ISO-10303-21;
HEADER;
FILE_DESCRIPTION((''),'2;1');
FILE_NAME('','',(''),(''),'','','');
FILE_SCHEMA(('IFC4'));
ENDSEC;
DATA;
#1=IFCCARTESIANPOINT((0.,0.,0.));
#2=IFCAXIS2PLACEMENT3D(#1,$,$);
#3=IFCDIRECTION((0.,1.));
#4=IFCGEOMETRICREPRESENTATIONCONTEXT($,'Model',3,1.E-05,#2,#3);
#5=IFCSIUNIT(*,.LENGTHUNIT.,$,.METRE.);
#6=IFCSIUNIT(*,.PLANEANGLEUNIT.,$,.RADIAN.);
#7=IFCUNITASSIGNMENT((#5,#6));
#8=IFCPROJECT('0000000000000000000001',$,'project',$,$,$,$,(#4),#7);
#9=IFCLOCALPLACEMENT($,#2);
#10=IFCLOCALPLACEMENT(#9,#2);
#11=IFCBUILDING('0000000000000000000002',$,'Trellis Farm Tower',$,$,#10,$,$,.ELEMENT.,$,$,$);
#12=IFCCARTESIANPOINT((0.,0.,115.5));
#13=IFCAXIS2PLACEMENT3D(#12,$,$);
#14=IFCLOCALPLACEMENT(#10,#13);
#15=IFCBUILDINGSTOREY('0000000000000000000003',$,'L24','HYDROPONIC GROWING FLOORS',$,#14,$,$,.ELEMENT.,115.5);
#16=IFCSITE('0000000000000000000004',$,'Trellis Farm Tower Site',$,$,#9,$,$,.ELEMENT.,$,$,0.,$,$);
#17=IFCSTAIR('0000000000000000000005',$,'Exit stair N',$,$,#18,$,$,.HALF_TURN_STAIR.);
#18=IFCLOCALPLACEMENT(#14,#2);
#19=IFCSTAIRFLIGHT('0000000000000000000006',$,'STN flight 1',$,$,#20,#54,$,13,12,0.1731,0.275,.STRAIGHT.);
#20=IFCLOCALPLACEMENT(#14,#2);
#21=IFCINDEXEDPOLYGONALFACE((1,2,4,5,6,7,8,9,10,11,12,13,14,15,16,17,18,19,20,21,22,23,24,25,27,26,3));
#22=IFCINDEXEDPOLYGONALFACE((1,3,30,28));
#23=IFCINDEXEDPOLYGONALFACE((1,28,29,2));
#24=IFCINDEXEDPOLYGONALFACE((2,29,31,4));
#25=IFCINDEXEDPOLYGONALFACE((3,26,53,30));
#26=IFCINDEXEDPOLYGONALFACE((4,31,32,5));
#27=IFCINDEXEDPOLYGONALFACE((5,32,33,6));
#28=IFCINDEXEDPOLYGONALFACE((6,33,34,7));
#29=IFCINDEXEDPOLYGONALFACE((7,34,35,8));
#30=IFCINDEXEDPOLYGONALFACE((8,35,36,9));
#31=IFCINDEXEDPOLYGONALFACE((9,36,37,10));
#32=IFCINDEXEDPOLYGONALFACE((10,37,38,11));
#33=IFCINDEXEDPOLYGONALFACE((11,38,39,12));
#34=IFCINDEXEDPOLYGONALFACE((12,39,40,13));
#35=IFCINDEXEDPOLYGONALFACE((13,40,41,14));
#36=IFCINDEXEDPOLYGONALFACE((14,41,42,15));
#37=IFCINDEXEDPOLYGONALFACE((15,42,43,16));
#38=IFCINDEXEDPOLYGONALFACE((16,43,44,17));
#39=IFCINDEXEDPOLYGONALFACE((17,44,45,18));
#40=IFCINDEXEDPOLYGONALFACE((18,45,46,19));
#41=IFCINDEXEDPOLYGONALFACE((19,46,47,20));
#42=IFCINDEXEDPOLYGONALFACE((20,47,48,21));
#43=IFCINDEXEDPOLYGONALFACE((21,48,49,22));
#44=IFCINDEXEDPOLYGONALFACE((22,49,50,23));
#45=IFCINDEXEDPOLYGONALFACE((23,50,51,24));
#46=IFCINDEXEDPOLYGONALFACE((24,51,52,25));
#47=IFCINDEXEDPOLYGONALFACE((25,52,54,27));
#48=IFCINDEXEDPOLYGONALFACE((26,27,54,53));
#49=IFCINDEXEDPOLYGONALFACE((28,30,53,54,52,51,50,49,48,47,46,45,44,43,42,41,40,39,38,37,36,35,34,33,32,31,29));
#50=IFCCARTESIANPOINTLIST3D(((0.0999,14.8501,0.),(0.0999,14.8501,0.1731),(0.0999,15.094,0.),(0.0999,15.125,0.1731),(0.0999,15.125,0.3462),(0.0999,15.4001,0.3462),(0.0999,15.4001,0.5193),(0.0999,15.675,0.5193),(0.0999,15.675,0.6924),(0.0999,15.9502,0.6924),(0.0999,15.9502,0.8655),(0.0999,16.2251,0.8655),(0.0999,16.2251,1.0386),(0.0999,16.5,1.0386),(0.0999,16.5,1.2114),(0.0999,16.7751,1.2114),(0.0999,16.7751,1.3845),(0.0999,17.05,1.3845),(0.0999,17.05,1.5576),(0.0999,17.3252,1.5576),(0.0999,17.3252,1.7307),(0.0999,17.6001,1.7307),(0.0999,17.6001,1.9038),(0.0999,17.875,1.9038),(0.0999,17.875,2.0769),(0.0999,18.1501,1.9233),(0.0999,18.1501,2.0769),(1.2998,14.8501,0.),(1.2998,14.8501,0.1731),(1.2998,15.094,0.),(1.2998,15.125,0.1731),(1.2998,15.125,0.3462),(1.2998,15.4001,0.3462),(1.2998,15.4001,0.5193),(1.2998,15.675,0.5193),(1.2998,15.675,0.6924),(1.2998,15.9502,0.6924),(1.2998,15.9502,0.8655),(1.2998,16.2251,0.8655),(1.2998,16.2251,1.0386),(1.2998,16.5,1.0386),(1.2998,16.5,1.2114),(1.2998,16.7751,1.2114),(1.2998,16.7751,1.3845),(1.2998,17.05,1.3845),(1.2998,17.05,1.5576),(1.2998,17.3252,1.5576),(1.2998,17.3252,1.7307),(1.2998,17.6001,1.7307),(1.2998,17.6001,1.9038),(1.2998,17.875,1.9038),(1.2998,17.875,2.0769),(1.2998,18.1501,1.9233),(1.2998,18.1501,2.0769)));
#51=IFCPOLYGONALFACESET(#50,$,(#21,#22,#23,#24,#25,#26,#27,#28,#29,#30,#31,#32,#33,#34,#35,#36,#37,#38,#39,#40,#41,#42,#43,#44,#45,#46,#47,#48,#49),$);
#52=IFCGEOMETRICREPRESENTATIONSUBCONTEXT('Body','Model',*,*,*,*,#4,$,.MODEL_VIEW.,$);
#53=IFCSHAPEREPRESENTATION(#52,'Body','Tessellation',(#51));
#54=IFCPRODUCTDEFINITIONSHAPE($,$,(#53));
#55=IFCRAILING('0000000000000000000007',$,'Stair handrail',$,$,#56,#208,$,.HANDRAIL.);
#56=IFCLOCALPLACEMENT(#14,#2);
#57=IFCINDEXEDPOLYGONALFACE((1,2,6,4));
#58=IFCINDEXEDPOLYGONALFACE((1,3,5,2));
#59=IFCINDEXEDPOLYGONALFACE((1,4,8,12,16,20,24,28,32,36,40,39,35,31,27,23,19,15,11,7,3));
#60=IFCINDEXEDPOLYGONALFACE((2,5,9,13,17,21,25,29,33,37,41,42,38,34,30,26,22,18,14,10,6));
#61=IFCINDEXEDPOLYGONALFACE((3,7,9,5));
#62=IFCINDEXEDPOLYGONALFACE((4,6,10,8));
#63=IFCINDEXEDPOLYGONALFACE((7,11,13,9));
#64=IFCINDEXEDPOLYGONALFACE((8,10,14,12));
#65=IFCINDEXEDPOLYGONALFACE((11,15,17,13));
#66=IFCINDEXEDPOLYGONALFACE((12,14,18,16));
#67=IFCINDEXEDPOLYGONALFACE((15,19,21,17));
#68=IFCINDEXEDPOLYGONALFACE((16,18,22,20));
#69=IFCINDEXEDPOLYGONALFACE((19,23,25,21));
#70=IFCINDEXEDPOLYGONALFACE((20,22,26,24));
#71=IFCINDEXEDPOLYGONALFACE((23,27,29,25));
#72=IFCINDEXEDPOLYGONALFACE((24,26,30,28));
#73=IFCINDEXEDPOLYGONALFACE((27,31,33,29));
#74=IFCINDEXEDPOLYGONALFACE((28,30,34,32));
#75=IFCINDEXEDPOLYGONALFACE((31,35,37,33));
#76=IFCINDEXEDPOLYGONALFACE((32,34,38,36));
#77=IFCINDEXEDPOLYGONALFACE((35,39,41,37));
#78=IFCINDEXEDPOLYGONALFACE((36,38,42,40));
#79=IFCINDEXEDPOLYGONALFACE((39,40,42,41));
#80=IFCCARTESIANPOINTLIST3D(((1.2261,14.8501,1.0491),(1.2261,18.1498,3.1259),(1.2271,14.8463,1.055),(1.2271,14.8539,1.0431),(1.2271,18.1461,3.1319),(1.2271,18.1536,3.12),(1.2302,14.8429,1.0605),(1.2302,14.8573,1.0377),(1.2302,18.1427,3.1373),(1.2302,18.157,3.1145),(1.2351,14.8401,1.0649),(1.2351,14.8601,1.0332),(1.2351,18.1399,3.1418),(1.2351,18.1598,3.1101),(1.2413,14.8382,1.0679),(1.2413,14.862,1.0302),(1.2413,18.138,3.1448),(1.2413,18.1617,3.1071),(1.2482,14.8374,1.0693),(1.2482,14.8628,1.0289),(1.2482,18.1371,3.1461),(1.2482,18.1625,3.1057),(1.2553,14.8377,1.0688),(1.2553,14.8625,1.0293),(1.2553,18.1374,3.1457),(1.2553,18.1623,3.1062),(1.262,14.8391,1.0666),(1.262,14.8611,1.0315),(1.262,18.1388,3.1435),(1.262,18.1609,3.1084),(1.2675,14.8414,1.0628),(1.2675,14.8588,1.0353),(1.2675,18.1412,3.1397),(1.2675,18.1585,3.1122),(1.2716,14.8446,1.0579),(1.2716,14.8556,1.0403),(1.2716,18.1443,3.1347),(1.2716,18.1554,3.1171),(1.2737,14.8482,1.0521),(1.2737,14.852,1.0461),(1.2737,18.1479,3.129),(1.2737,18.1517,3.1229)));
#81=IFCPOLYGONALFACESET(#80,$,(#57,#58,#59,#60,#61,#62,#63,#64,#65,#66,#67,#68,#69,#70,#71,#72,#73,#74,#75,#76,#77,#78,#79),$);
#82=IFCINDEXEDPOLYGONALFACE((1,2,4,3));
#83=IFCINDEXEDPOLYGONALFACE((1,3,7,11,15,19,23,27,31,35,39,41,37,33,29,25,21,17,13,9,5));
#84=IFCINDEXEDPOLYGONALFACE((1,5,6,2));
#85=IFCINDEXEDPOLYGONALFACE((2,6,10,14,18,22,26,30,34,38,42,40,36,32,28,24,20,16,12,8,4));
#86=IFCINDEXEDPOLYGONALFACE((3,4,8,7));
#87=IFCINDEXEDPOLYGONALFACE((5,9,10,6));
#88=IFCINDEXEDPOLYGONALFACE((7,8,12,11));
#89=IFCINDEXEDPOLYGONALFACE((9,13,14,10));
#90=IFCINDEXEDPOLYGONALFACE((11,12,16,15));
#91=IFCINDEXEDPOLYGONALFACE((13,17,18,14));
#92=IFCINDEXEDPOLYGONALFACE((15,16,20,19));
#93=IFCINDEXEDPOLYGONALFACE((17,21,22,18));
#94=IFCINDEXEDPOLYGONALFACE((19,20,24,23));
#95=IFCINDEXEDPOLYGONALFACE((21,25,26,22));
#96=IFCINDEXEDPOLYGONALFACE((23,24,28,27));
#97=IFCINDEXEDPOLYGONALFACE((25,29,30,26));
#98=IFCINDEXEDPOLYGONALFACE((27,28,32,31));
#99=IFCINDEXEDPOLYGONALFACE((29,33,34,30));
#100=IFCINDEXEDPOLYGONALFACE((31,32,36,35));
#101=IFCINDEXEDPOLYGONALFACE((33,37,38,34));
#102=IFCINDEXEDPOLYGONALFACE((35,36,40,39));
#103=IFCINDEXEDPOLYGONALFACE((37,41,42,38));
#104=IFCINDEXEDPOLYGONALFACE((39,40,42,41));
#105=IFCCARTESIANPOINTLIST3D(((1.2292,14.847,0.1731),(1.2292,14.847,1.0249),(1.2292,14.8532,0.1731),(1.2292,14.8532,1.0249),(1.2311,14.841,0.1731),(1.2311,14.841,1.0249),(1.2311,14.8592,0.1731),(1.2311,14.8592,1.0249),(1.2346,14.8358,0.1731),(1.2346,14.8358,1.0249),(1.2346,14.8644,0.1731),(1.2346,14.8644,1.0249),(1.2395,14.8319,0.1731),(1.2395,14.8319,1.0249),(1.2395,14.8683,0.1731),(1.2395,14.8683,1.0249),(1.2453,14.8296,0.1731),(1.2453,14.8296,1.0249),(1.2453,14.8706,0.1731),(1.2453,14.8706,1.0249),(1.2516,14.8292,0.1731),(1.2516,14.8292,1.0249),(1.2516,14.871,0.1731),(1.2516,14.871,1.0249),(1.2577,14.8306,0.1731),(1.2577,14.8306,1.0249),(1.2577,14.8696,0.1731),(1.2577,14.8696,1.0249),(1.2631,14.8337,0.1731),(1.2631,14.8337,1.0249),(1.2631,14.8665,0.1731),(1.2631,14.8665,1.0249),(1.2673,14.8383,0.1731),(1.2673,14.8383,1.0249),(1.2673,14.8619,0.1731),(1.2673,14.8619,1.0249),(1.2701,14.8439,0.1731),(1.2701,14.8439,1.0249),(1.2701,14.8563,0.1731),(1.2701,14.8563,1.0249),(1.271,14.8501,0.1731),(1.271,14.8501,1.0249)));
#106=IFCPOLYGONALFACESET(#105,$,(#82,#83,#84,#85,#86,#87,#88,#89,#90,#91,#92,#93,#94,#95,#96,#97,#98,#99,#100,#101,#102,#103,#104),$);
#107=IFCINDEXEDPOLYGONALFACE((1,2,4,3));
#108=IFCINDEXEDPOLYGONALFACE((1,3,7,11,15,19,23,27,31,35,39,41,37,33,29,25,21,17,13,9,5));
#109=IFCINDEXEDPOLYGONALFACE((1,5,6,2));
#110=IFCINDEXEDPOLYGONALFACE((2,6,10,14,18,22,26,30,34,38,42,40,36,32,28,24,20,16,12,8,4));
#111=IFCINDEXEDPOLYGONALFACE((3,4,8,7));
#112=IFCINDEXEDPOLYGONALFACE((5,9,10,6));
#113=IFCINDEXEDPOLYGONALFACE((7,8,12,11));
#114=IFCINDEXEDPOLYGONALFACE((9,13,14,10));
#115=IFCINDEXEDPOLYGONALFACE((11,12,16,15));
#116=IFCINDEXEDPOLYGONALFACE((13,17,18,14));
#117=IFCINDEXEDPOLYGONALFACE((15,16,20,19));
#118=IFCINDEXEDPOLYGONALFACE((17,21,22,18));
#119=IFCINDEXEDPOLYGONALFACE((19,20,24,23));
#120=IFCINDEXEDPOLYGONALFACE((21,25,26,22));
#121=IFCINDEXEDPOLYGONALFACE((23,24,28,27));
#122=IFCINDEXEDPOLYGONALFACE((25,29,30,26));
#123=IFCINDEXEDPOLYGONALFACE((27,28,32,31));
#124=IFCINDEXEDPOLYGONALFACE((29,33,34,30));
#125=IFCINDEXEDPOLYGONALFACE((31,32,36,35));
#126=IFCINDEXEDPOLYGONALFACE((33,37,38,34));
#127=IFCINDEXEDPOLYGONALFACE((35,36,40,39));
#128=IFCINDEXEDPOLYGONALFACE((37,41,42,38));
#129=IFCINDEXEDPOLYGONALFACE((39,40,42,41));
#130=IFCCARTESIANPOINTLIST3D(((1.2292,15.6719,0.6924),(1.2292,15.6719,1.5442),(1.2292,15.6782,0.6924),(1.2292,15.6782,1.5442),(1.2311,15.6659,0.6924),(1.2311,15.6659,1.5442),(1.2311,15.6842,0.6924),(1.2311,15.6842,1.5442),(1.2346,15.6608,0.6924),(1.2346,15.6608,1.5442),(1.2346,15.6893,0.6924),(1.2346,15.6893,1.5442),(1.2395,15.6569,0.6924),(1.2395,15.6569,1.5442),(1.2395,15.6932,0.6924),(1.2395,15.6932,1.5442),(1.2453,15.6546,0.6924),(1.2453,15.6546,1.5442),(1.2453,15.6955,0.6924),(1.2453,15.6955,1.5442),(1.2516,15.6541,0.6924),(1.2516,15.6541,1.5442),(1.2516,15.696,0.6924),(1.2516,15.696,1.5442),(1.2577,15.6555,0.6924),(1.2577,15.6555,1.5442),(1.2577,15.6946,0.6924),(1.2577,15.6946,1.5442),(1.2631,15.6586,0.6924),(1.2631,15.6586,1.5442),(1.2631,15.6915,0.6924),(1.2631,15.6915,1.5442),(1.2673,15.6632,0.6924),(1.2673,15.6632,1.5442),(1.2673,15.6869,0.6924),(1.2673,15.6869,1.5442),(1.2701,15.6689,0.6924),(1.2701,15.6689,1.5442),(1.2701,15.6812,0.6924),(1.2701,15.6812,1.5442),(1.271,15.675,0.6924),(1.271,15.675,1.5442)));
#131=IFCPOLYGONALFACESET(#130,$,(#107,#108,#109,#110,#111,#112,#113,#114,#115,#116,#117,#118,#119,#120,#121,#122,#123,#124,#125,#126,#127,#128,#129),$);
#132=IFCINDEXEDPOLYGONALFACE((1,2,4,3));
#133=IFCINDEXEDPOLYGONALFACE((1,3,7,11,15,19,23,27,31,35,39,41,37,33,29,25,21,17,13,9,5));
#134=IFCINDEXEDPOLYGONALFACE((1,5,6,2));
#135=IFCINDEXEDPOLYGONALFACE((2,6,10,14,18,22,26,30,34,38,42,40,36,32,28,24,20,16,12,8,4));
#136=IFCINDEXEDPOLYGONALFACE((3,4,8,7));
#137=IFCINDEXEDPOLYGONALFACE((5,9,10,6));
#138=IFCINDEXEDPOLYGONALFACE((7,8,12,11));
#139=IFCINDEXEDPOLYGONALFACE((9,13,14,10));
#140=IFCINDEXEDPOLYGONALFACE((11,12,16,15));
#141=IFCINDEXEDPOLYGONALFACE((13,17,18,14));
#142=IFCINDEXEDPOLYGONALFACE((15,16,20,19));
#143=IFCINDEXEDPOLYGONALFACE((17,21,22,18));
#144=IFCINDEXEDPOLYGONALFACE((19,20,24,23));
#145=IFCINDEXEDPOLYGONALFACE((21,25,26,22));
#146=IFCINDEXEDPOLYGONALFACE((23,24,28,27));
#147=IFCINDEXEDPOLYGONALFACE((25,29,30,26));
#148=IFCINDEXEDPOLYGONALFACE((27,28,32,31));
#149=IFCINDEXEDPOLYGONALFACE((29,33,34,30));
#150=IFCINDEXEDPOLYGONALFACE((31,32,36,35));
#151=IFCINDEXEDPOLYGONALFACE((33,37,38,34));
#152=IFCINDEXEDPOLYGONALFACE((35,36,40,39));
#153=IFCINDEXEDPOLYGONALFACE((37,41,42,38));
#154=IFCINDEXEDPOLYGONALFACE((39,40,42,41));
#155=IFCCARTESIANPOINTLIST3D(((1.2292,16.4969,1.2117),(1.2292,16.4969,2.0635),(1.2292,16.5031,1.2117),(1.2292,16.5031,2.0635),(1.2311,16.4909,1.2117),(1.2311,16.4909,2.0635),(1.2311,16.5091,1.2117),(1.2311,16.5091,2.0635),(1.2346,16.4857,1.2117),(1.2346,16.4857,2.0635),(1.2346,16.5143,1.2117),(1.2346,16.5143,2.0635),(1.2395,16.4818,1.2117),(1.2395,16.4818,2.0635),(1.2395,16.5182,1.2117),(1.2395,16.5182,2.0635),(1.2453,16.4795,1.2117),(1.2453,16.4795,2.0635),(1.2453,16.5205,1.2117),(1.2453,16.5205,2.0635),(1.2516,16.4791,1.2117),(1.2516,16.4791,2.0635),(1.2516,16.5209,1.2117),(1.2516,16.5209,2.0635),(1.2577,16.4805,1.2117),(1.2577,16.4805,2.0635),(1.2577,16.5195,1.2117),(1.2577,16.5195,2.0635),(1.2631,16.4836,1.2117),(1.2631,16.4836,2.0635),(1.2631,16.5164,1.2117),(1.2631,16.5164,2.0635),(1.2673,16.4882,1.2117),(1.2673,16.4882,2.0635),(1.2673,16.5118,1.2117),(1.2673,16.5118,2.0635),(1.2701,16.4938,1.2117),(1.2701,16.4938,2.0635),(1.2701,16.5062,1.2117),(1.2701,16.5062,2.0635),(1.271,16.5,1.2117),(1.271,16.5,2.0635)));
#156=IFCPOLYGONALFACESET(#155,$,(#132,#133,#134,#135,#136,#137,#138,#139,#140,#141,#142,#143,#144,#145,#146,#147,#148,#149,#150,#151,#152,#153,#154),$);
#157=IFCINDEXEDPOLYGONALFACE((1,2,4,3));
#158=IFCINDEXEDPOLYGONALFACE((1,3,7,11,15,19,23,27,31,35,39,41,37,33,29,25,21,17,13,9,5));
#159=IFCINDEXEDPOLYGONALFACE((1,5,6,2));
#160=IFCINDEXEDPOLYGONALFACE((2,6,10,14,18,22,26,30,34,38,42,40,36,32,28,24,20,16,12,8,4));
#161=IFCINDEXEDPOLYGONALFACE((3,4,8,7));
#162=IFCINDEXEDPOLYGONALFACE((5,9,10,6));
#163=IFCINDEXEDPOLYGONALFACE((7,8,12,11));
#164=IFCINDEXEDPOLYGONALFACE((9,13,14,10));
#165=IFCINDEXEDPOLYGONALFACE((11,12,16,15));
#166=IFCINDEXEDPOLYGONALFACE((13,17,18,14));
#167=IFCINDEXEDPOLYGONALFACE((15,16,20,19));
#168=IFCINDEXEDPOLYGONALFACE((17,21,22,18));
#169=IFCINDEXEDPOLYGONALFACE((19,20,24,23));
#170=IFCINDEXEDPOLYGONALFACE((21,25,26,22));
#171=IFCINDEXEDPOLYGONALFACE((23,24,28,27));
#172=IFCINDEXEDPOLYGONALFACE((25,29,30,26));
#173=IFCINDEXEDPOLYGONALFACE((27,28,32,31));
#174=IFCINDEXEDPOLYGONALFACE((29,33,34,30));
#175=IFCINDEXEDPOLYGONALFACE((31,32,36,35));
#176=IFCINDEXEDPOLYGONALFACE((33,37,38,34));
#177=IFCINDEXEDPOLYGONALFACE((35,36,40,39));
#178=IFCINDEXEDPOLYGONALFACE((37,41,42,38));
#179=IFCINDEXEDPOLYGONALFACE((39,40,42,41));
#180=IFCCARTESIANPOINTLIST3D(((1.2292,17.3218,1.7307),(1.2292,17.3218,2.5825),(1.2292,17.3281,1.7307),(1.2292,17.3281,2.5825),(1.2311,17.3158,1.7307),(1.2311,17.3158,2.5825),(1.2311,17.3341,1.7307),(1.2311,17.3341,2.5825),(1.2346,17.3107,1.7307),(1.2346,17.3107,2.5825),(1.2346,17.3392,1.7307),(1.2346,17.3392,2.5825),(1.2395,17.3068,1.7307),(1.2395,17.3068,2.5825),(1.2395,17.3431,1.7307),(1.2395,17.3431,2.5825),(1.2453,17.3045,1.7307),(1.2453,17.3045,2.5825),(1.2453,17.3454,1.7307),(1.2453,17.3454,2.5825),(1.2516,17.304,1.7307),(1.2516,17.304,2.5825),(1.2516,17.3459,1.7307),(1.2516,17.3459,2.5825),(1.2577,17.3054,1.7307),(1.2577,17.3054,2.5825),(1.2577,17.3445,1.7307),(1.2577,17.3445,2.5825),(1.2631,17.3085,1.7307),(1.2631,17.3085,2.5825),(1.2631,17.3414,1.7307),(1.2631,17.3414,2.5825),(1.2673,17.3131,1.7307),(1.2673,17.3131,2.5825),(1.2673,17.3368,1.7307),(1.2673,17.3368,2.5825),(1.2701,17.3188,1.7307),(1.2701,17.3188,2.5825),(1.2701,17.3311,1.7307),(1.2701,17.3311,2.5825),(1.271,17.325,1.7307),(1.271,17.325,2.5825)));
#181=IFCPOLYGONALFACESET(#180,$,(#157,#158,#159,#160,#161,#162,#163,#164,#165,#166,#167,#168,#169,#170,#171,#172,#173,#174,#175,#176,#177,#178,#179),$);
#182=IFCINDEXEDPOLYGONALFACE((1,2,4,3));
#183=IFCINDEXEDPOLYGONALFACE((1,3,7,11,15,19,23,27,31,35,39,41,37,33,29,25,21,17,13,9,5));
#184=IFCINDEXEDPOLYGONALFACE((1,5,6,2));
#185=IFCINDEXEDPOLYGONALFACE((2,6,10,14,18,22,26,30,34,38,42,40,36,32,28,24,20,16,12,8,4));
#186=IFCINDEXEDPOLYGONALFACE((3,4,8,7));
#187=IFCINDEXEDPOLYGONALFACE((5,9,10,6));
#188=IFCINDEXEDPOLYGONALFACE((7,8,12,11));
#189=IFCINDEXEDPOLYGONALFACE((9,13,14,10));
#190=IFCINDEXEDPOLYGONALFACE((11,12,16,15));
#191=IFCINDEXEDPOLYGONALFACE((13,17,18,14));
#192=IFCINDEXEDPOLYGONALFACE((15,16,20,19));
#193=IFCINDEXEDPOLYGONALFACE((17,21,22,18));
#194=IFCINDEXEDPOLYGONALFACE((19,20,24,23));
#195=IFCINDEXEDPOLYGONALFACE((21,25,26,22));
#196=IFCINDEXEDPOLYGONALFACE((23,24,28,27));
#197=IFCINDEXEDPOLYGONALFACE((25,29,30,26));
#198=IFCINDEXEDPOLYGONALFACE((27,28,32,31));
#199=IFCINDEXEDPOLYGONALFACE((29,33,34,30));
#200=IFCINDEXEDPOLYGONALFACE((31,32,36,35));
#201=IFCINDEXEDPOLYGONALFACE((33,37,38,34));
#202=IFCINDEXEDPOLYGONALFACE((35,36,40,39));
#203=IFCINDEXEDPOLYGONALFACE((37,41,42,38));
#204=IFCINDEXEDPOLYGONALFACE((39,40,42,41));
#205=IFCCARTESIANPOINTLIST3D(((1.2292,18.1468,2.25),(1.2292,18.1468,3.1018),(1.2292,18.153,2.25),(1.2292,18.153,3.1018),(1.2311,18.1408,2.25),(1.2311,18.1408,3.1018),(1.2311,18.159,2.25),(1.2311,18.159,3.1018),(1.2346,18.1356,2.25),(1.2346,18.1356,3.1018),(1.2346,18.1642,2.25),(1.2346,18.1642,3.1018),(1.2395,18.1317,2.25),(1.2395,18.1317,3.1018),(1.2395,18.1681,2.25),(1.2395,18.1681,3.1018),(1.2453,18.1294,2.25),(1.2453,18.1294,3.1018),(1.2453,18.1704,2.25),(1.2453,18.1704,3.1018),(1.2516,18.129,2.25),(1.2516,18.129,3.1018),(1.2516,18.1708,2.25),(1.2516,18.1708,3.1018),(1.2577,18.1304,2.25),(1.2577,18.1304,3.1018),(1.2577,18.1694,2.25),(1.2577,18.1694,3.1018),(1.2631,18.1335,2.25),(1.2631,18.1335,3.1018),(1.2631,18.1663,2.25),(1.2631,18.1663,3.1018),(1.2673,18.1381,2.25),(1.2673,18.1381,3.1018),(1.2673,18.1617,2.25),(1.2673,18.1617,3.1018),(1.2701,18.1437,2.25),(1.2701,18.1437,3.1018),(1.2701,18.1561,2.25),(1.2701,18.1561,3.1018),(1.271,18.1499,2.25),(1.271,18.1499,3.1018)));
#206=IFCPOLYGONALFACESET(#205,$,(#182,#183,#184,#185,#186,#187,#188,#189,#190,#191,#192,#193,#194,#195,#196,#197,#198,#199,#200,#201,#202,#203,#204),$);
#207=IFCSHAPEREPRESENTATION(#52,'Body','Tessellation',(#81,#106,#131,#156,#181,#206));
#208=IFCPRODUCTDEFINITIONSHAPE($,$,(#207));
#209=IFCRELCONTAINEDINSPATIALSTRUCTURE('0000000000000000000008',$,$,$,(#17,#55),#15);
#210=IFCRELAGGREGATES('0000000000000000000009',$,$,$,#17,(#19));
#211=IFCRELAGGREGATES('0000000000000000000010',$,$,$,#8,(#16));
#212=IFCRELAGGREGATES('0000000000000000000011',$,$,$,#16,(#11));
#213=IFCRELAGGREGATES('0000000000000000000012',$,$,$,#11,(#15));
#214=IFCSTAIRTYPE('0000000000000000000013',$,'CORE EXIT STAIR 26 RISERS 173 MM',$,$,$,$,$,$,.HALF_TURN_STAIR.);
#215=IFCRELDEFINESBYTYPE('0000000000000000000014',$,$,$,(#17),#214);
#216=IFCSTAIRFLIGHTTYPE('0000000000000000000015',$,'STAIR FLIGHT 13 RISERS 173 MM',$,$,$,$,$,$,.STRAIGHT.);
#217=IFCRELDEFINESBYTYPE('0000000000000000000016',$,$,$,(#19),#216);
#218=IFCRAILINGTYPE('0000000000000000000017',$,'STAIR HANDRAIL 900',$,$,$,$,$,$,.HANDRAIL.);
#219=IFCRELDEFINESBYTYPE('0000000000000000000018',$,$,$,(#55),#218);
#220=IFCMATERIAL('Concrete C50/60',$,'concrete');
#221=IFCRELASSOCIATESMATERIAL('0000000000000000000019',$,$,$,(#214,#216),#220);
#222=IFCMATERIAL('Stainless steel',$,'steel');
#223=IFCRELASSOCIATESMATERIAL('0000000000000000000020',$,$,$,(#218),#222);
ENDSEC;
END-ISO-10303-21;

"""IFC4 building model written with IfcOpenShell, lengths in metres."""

from ifc_helpers import new_model, si_unit, direction, frame, origin, origin_2d, place, context, subcontext, project, spatial, polyline, circle, outline, extrude, source, transform, mapped, material, type_object, element, aggregate, save


model = new_model("IFC4")

# Units and contexts
model_context = context("Model", 3, precision=1e-05, world=origin(), true_north=direction((0.0, 1.0)))
body_context = subcontext(model_context, "Body", "Model", "MODEL_VIEW")
ifc_project = project(units=[si_unit("LENGTHUNIT", "METRE"), si_unit("PLANEANGLEUNIT", "RADIAN")], contexts=[model_context])

# Site, building, storey
site_placement = place(None, origin())
site = spatial("IfcSite", under=ifc_project, at=site_placement, Name="Trellis Farm Tower Site", CompositionType="ELEMENT", RefElevation=0.0)
building_placement = place(site_placement, origin())
building = spatial("IfcBuilding", under=site, at=building_placement, Name="Trellis Farm Tower", CompositionType="ELEMENT")
storey_placement = place(building_placement, frame((0.0, 0.0, 115.5)))
storey = spatial("IfcBuildingStorey", under=building, at=storey_placement, Name="L24", Description="HYDROPONIC GROWING FLOORS", CompositionType="ELEMENT", Elevation=115.5)

# Shared definitions
placement = place(storey_placement, origin())

# Stair, stair flight
ifc_material_1 = material(Name="Concrete C50/60", Category="concrete")
stair_type = type_object("IfcStairType", Name="CORE EXIT STAIR 26 RISERS 173 MM", PredefinedType="HALF_TURN_STAIR", material=ifc_material_1)
stair = element("IfcStair", 1, at=placement, inside=storey, type_object=stair_type, Name="Exit stair N", PredefinedType="HALF_TURN_STAIR")
stair_flight_type = type_object("IfcStairFlightType", Name="STAIR FLIGHT 13 RISERS 173 MM", PredefinedType="STRAIGHT", material=ifc_material_1)
shared_shape_1 = source(origin(), body_context, "Body", "SweptSolid", [
    extrude(outline(polyline([(0.0, 0.0), (0.0, 0.1731), (0.2749, 0.1731), (0.2749, 0.3462), (0.55, 0.3462), (0.55, 0.5193), (0.825, 0.5193), (0.825, 0.6924), (1.1001, 0.6924), (1.1001, 0.8655), (1.375, 0.8655), (1.375, 1.0386), (1.6499, 1.0386), (1.6499, 1.2114), (1.925, 1.2114), (1.925, 1.3845), (2.2, 1.3845), (2.2, 1.5576), (2.4751, 1.5576), (2.4751, 1.7307), (2.75, 1.7307), (2.75, 1.9038), (3.0249, 1.9038), (3.0249, 2.0769), (3.3, 2.0769), (3.3, 2.25), (3.3, 1.9233), (0.2439, 0.0), (0.0, 0.0)])), frame((0.0, 0.6001, 0.0), z_axis=(0.0, -1.0, 0.0), x_axis=(1.0, 0.0, 0.0)), (0.0, 0.0, 1.0), 1.2),
])
stair_flight_placement = place(storey_placement, frame((0.7, 14.8501, 0.0), z_axis=(0.0, 0.0, 1.0), x_axis=(0.0, 1.0, 0.0)))
stair_flight = element("IfcStairFlight", 2, at=stair_flight_placement, type_object=stair_flight_type, Name="STN flight 1", NumberOfRisers=13, NumberOfTreads=12, PredefinedType="STRAIGHT", RiserHeight=0.1731, TreadLength=0.275, context=body_context, shape_type="MappedRepresentation", body=[
    mapped(shared_shape_1, transform((0.0, 0.0, 0.0))),
])
aggregate(stair, [stair_flight])

# Railing
ifc_material_2 = material(Name="Stainless steel", Category="steel")
railing_type = type_object("IfcRailingType", Name="STAIR HANDRAIL 900", PredefinedType="HANDRAIL", material=ifc_material_2)
shared_shape_2 = source(origin(), body_context, "Body", "SweptSolid", [
    extrude(circle(Radius=0.0239, at=origin_2d()), frame((0.0, 0.0, 0.876), z_axis=(0.0, 0.84632, 0.532675), x_axis=(-1.0, 0.0, 0.0)), (0.0, 0.0, 1.0), 3.8989),
    extrude(circle(Radius=0.021, at=origin_2d()), origin(), (0.0, 0.0, 1.0), 0.8518),
    extrude(circle(Radius=0.021, at=origin_2d()), frame((0.0, 0.825, 0.5193)), (0.0, 0.0, 1.0), 0.8518),
    extrude(circle(Radius=0.021, at=origin_2d()), frame((0.0, 1.6499, 1.0386)), (0.0, 0.0, 1.0), 0.8518),
    extrude(circle(Radius=0.021, at=origin_2d()), frame((0.0, 2.4749, 1.5576)), (0.0, 0.0, 1.0), 0.8518),
    extrude(circle(Radius=0.021, at=origin_2d()), frame((0.0, 3.2998, 2.0769)), (0.0, 0.0, 1.0), 0.8518),
])
railing_placement = place(storey_placement, frame((1.25, 14.8501, 0.1731)))
element("IfcRailing", 3, at=railing_placement, inside=storey, type_object=railing_type, Name="Stair handrail", PredefinedType="HANDRAIL", context=body_context, shape_type="MappedRepresentation", body=[
    mapped(shared_shape_2, transform((0.0, 0.0, 0.0))),
])

save(model, "model.ifc")
